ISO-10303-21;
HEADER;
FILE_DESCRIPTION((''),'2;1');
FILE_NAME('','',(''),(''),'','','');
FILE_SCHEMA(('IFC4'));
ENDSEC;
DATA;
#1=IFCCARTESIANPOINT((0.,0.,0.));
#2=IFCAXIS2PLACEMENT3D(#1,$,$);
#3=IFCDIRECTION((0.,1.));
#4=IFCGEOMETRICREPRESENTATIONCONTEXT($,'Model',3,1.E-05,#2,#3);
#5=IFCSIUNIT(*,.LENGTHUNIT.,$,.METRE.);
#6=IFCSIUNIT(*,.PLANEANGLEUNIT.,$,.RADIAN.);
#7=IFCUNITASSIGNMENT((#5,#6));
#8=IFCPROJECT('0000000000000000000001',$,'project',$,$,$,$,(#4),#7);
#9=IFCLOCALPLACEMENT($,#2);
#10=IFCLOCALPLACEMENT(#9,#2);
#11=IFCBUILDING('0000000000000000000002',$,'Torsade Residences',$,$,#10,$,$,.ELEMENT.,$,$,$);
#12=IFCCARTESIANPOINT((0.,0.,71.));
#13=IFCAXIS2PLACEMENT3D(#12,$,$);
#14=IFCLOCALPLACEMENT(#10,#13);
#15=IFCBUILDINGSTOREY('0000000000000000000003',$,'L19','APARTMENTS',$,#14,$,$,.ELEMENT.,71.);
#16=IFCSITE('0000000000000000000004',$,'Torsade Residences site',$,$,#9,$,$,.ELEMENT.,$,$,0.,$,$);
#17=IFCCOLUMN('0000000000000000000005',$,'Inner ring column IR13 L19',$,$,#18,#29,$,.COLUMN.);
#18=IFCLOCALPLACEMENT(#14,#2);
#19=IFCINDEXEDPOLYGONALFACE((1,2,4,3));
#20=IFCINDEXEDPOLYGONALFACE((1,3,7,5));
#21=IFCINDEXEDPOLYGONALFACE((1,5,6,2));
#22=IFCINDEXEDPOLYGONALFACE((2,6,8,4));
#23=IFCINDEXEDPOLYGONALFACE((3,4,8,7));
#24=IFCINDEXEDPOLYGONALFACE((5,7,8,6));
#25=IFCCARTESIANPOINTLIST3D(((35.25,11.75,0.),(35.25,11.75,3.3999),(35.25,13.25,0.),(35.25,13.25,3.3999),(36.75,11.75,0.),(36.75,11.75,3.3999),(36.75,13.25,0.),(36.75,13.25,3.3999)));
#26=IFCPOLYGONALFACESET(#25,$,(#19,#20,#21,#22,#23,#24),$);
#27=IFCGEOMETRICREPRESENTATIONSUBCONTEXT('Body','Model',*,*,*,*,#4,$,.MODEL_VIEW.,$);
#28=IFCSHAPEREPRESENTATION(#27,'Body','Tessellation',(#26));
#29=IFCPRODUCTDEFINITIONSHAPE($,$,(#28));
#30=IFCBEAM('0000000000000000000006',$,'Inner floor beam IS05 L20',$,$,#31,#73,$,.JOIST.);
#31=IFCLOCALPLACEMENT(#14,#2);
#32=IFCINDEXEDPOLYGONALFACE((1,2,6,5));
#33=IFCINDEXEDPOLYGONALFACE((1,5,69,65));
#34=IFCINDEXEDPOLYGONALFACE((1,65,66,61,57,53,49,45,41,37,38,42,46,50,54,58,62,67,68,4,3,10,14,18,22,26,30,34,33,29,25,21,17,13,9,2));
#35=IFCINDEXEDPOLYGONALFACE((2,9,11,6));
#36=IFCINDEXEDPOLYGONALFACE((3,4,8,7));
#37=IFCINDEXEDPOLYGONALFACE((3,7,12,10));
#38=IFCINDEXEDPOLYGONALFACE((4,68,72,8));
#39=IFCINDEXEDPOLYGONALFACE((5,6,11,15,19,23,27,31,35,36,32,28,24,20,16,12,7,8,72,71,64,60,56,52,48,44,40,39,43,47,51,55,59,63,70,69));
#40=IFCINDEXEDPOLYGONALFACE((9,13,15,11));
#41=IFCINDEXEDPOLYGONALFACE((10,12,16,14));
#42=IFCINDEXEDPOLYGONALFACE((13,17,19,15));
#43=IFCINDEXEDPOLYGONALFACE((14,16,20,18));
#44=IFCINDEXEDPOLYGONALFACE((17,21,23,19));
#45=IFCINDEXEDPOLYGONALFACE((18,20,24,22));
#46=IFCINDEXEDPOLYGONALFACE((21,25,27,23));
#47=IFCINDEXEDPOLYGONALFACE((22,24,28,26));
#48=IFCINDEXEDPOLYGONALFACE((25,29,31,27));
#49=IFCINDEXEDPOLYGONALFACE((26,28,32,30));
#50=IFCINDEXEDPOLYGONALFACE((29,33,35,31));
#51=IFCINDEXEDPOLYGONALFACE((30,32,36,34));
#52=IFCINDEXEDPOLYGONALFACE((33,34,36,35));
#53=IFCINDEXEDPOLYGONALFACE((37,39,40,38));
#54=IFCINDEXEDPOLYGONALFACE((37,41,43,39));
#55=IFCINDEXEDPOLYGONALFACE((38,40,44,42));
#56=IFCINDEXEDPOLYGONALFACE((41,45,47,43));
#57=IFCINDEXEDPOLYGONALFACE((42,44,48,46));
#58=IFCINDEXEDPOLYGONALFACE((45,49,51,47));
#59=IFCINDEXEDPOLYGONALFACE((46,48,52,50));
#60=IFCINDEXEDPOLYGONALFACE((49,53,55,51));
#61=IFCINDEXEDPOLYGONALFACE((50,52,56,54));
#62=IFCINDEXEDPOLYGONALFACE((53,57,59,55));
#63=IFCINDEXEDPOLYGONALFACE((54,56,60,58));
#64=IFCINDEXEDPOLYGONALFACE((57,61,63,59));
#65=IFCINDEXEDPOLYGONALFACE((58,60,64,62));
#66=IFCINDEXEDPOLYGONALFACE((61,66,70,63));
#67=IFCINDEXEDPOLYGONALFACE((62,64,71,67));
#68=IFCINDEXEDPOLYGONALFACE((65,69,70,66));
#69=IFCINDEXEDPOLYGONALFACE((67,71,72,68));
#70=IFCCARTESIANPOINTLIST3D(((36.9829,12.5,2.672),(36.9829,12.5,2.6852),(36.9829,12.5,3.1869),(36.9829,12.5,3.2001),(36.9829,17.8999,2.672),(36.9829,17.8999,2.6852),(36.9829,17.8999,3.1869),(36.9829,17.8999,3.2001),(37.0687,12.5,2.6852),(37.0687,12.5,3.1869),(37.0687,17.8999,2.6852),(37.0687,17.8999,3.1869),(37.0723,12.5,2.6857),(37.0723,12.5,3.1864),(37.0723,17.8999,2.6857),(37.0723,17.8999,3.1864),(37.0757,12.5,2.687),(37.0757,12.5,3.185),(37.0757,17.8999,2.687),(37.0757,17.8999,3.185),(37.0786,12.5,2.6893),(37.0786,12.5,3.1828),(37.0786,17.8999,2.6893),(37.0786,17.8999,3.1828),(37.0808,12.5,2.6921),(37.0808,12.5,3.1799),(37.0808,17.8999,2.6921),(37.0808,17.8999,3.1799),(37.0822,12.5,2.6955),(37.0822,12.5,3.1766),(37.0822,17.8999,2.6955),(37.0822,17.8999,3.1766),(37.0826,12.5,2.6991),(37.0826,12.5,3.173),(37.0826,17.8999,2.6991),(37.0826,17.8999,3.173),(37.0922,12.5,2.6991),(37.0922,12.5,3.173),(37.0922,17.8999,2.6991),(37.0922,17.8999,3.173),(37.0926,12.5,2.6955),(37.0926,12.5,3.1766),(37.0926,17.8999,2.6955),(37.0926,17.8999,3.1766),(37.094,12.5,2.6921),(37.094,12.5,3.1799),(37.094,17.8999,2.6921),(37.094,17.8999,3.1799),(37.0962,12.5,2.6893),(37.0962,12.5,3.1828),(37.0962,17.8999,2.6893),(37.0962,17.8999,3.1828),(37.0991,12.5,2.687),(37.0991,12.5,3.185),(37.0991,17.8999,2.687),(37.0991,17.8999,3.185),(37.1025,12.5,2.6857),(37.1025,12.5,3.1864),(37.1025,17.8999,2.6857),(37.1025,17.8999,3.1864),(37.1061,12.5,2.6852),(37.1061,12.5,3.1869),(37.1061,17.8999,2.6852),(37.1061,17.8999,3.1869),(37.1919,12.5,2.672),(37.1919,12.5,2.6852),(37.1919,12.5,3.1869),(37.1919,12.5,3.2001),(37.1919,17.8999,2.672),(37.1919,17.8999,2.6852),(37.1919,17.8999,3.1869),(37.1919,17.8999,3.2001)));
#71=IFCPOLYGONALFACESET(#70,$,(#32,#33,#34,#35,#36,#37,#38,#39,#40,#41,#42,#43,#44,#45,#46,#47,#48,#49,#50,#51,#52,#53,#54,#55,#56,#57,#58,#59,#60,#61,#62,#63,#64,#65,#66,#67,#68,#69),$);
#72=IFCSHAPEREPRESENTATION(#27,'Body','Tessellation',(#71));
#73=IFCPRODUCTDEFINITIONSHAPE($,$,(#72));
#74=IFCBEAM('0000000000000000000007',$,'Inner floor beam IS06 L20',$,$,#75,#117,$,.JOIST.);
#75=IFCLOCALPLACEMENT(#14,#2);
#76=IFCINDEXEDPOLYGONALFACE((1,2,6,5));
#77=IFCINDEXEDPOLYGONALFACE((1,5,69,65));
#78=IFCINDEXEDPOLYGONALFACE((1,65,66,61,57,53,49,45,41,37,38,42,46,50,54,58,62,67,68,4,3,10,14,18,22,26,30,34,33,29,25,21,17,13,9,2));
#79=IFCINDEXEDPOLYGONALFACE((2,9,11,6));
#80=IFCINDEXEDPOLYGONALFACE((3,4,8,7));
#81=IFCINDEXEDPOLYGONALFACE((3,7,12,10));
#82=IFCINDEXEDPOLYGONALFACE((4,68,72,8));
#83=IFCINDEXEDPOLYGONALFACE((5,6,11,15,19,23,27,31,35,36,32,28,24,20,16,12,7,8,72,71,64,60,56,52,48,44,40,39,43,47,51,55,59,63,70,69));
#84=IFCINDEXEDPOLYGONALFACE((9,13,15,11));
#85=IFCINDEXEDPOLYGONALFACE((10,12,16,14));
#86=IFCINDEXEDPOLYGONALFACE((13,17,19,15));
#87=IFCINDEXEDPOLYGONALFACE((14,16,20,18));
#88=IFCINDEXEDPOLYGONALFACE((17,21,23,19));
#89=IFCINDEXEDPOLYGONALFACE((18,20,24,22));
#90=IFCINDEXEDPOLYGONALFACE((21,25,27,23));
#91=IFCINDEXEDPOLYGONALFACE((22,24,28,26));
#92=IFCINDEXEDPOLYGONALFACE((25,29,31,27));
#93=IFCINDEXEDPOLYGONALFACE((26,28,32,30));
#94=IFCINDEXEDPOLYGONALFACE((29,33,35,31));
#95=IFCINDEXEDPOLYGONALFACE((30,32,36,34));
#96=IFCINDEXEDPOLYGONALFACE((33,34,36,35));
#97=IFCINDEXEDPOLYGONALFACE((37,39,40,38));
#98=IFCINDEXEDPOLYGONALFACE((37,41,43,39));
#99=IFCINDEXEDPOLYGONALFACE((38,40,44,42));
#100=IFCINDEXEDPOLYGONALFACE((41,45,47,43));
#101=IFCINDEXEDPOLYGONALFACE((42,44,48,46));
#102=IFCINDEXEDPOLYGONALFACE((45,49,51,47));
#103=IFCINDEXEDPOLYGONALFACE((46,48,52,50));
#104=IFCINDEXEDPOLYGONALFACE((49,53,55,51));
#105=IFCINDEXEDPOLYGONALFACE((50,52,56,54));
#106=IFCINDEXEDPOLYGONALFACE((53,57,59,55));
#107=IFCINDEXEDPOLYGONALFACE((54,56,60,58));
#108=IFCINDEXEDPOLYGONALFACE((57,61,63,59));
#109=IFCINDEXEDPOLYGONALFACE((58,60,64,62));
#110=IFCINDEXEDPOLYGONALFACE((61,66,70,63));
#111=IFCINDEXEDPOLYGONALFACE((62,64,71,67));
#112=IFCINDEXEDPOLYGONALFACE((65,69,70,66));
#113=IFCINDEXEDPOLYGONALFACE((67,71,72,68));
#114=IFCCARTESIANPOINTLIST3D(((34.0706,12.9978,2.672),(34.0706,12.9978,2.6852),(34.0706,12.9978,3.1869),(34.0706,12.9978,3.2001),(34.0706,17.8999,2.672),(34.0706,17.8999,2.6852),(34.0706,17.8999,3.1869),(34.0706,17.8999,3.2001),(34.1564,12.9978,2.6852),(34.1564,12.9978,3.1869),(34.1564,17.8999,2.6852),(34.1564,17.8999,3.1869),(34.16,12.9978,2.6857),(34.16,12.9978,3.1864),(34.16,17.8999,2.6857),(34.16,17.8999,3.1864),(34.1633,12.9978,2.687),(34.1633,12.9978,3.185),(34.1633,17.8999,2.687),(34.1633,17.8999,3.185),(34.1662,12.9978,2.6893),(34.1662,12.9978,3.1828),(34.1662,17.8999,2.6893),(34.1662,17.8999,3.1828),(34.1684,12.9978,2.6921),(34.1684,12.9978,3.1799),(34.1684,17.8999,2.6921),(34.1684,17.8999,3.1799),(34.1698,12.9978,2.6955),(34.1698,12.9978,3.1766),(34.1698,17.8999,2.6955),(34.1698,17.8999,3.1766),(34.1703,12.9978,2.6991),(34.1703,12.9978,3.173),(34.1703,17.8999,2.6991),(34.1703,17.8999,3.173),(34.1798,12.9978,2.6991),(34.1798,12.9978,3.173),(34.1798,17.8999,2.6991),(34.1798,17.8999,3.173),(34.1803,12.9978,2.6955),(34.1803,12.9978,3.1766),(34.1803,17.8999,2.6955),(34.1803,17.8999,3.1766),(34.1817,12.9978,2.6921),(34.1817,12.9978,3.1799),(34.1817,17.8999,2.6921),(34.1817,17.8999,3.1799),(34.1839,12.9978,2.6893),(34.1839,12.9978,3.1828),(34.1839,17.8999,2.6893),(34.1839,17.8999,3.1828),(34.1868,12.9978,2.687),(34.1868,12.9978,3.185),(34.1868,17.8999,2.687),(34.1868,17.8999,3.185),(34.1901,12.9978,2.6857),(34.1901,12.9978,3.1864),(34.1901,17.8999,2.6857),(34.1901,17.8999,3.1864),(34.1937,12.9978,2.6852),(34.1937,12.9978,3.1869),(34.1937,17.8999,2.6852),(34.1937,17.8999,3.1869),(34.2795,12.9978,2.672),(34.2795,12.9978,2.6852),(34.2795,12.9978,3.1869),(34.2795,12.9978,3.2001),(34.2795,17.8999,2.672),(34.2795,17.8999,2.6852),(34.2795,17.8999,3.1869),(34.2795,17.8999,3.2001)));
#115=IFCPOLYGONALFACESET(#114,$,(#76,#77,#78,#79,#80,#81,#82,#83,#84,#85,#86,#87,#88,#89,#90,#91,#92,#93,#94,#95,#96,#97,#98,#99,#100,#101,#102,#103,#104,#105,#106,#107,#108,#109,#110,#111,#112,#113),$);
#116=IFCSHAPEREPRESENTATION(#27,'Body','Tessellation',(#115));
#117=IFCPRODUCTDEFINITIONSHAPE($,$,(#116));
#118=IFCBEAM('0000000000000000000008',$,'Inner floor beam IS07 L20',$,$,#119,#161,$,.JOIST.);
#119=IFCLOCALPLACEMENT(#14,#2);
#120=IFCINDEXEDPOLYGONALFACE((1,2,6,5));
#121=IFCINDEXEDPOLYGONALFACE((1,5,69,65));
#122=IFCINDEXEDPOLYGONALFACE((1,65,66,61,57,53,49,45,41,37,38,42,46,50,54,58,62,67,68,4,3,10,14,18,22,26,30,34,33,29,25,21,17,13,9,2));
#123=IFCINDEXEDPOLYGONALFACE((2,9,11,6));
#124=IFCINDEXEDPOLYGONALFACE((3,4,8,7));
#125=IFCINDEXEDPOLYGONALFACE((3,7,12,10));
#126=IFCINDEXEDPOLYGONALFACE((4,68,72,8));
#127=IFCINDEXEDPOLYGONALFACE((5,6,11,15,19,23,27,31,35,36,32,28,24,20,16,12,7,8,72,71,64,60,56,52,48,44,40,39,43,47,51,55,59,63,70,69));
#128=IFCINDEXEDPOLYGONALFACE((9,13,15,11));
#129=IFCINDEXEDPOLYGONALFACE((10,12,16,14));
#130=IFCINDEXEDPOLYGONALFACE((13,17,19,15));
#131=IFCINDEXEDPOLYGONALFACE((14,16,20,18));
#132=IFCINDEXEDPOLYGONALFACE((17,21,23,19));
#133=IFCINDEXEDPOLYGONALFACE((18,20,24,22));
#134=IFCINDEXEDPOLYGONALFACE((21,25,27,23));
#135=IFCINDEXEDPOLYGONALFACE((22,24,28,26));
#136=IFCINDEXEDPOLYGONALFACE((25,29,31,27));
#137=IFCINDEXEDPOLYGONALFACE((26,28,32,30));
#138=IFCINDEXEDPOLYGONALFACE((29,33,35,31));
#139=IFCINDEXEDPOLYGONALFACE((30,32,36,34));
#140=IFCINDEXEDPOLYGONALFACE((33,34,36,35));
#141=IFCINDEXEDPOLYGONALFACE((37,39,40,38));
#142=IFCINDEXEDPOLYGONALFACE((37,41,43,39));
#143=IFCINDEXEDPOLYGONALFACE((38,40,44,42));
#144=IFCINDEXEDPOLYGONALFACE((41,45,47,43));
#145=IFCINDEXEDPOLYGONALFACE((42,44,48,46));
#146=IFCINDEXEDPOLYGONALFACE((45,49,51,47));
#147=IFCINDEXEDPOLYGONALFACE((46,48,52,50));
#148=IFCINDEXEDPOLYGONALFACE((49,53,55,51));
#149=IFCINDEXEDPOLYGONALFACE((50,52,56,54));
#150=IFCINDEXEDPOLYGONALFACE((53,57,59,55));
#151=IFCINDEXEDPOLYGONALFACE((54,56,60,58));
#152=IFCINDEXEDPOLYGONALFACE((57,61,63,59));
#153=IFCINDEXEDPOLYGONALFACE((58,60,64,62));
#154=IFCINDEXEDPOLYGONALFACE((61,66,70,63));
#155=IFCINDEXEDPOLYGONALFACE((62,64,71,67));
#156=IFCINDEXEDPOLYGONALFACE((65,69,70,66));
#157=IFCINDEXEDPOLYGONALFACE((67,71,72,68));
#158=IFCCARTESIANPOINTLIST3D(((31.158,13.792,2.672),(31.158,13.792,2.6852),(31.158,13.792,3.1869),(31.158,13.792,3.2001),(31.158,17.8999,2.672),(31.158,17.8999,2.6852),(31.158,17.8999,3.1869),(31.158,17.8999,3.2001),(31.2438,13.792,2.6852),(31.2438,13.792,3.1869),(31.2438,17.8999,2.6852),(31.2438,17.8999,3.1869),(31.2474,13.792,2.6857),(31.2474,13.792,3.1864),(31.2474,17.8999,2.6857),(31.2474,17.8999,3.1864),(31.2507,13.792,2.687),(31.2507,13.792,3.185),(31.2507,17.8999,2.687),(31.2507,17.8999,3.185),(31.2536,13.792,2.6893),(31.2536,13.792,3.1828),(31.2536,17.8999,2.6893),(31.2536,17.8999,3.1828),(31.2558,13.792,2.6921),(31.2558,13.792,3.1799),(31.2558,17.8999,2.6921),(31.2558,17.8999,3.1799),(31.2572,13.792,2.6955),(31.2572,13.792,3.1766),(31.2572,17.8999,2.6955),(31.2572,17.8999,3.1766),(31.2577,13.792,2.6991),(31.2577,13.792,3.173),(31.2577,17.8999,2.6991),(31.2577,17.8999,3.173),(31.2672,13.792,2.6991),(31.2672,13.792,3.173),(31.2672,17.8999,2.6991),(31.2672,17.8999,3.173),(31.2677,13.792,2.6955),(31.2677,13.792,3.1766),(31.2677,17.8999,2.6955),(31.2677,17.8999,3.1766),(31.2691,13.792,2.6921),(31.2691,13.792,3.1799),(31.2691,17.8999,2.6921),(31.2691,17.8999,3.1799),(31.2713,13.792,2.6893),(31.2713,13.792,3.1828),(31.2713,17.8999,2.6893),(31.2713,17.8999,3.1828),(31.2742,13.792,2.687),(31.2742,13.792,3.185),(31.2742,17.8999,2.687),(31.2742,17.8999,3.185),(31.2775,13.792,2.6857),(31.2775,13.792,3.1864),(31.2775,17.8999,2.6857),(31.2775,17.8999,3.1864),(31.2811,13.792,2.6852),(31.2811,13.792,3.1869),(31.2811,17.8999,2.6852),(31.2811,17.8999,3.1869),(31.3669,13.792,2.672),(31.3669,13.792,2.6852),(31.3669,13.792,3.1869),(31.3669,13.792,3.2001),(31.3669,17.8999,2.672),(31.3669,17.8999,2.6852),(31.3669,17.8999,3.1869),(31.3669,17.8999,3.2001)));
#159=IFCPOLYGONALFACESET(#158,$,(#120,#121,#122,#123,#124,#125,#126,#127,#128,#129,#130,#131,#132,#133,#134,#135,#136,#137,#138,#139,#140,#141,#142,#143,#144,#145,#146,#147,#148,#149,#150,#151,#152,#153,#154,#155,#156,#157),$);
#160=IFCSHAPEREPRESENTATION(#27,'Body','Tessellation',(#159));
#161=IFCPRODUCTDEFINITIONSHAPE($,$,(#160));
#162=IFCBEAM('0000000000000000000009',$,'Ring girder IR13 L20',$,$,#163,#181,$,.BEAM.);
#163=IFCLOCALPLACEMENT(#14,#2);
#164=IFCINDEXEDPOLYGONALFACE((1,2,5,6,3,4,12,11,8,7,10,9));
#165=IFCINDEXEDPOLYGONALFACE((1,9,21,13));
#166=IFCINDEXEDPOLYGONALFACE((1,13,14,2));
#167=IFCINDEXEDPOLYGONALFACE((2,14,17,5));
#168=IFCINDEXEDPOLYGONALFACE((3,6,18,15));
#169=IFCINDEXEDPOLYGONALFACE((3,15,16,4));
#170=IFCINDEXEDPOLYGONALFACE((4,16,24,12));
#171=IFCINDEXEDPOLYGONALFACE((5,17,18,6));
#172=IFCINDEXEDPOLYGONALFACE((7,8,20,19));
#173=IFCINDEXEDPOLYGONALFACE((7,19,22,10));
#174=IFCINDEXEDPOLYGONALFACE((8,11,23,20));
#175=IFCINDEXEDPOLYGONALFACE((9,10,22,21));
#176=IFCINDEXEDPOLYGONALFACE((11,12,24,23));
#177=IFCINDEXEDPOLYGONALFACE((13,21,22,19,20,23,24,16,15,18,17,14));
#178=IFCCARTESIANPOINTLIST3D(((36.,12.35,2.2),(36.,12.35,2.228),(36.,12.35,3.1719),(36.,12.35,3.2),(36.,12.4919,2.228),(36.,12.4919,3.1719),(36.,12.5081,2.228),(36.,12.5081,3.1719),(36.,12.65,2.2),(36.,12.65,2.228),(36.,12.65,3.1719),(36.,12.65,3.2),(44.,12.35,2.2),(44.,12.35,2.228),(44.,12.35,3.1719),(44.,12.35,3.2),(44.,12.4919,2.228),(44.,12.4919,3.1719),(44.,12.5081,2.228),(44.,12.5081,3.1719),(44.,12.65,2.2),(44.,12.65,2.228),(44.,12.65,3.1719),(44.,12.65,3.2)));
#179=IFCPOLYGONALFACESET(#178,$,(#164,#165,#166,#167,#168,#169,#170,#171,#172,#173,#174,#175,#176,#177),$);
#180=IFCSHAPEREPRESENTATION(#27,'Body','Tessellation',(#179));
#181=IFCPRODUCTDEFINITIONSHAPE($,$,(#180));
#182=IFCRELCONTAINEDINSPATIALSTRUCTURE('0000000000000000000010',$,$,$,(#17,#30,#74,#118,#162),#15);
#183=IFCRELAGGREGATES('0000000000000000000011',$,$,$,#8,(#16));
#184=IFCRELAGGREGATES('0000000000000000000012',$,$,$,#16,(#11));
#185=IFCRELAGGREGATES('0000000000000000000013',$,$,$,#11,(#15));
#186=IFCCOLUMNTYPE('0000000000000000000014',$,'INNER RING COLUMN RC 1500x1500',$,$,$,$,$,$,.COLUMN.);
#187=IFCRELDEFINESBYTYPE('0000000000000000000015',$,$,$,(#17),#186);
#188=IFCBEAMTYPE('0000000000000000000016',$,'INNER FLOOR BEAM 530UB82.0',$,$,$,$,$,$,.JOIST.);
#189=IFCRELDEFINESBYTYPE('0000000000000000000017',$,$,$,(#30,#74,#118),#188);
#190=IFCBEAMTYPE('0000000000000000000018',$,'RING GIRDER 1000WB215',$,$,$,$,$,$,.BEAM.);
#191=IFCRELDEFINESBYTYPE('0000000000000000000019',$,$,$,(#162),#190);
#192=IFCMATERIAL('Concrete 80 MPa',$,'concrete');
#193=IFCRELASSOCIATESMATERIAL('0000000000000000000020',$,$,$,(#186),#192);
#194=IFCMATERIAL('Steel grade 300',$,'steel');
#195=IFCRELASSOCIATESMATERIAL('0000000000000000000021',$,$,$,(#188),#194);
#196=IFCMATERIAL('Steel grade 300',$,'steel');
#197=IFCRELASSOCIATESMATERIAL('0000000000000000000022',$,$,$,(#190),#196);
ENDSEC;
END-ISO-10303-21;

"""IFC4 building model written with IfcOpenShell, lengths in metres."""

from ifc_helpers import new_model, si_unit, direction, frame, origin, origin_2d, place, context, subcontext, project, spatial, rectangle, i_section, extrude, material, material_profile, profile_set, type_object, element, save


model = new_model("IFC4")

# Units and contexts
model_context = context("Model", 3, precision=1e-05, world=origin(), true_north=direction((0.0, 1.0)))
body_context = subcontext(model_context, "Body", "Model", "MODEL_VIEW")
ifc_project = project(units=[si_unit("LENGTHUNIT", "METRE"), si_unit("PLANEANGLEUNIT", "RADIAN")], contexts=[model_context])

# Site, building, storey
site_placement = place(None, origin())
site = spatial("IfcSite", under=ifc_project, at=site_placement, Name="Torsade Residences site", CompositionType="ELEMENT", RefElevation=0.0)
building_placement = place(site_placement, origin())
building = spatial("IfcBuilding", under=site, at=building_placement, Name="Torsade Residences", CompositionType="ELEMENT")
storey_placement = place(building_placement, frame((0.0, 0.0, 71.0)))
storey = spatial("IfcBuildingStorey", under=building, at=storey_placement, Name="L19", Description="APARTMENTS", CompositionType="ELEMENT", Elevation=71.0)

# Column
ifc_material_1 = material(Name="Concrete 80 MPa", Category="concrete")
ifc_material_profile_1 = material_profile(ifc_material_1, rectangle(XDim=1.5, YDim=1.5, at=origin_2d()), Name="RC 1500x1500")
ifc_profile_set_1 = profile_set([ifc_material_profile_1], Name="Concrete 80 MPa")
column_type = type_object("IfcColumnType", Name="INNER RING COLUMN RC 1500x1500", PredefinedType="COLUMN", material=ifc_profile_set_1)
column_placement = place(storey_placement, frame((36.0, 12.5, 0.0), z_axis=(0.0, 0.0, 1.0), x_axis=(1.0, 0.0, 0.0)))
element("IfcColumn", 1, at=column_placement, inside=storey, type_object=column_type, Name="Inner ring column IR13 L19", PredefinedType="COLUMN", context=body_context, shape_type="SweptSolid", body=[
    extrude(rectangle(XDim=1.5, YDim=1.5, at=origin_2d()), origin(), (0.0, 0.0, 1.0), 3.3999),
])

# Beams
ifc_material_2 = material(Name="Steel grade 300", Category="steel")
ifc_material_profile_2 = material_profile(ifc_material_2, i_section(OverallWidth=0.209, OverallDepth=0.5281, WebThickness=0.0095, FlangeThickness=0.0132, FilletRadius=0.0139, at=origin_2d()), Name="530UB82.0")
ifc_profile_set_2 = profile_set([ifc_material_profile_2], Name="Steel grade 300")
beam_type_1 = type_object("IfcBeamType", Name="INNER FLOOR BEAM 530UB82.0", PredefinedType="JOIST", material=ifc_profile_set_2)
beam_1_placement = place(storey_placement, frame((37.0874, 17.8999, 2.936), z_axis=(0.0, -1.0, 0.0), x_axis=(1.0, 0.0, 0.0)))
element("IfcBeam", 2, at=beam_1_placement, inside=storey, type_object=beam_type_1, Name="Inner floor beam IS05 L20", PredefinedType="JOIST", context=body_context, shape_type="SweptSolid", body=[
    extrude(i_section(OverallWidth=0.209, OverallDepth=0.5281, WebThickness=0.0095, FlangeThickness=0.0132, FilletRadius=0.0139, at=origin_2d()), origin(), (0.0, 0.0, 1.0), 5.3999),
])
beam_2_placement = place(storey_placement, frame((34.175, 17.8999, 2.936), z_axis=(0.0, -1.0, 0.0), x_axis=(1.0, 0.0, 0.0)))
element("IfcBeam", 3, at=beam_2_placement, inside=storey, type_object=beam_type_1, Name="Inner floor beam IS06 L20", PredefinedType="JOIST", context=body_context, shape_type="SweptSolid", body=[
    extrude(i_section(OverallWidth=0.209, OverallDepth=0.5281, WebThickness=0.0095, FlangeThickness=0.0132, FilletRadius=0.0139, at=origin_2d()), origin(), (0.0, 0.0, 1.0), 4.9021),
])
beam_3_placement = place(storey_placement, frame((31.2625, 17.8999, 2.936), z_axis=(0.0, -1.0, 0.0), x_axis=(1.0, 0.0, 0.0)))
element("IfcBeam", 4, at=beam_3_placement, inside=storey, type_object=beam_type_1, Name="Inner floor beam IS07 L20", PredefinedType="JOIST", context=body_context, shape_type="SweptSolid", body=[
    extrude(i_section(OverallWidth=0.209, OverallDepth=0.5281, WebThickness=0.0095, FlangeThickness=0.0132, FilletRadius=0.0139, at=origin_2d()), origin(), (0.0, 0.0, 1.0), 4.1079),
])
ifc_material_3 = material(Name="Steel grade 300", Category="steel")
ifc_material_profile_3 = material_profile(ifc_material_3, i_section(OverallWidth=0.3, OverallDepth=1.0, WebThickness=0.0161, FlangeThickness=0.0281, at=origin_2d()), Name="1000WB215")
ifc_profile_set_3 = profile_set([ifc_material_profile_3], Name="Steel grade 300")
beam_type_2 = type_object("IfcBeamType", Name="RING GIRDER 1000WB215", PredefinedType="BEAM", material=ifc_profile_set_3)
beam_4_placement = place(storey_placement, frame((36.0, 12.5, 2.7), z_axis=(1.0, 0.0, 0.0), x_axis=(0.0, 1.0, 0.0)))
element("IfcBeam", 5, at=beam_4_placement, inside=storey, type_object=beam_type_2, Name="Ring girder IR13 L20", PredefinedType="BEAM", context=body_context, shape_type="SweptSolid", body=[
    extrude(i_section(OverallWidth=0.3, OverallDepth=1.0, WebThickness=0.0161, FlangeThickness=0.0281, at=origin_2d()), origin(), (0.0, 0.0, 1.0), 8.0),
])

save(model, "model.ifc")
